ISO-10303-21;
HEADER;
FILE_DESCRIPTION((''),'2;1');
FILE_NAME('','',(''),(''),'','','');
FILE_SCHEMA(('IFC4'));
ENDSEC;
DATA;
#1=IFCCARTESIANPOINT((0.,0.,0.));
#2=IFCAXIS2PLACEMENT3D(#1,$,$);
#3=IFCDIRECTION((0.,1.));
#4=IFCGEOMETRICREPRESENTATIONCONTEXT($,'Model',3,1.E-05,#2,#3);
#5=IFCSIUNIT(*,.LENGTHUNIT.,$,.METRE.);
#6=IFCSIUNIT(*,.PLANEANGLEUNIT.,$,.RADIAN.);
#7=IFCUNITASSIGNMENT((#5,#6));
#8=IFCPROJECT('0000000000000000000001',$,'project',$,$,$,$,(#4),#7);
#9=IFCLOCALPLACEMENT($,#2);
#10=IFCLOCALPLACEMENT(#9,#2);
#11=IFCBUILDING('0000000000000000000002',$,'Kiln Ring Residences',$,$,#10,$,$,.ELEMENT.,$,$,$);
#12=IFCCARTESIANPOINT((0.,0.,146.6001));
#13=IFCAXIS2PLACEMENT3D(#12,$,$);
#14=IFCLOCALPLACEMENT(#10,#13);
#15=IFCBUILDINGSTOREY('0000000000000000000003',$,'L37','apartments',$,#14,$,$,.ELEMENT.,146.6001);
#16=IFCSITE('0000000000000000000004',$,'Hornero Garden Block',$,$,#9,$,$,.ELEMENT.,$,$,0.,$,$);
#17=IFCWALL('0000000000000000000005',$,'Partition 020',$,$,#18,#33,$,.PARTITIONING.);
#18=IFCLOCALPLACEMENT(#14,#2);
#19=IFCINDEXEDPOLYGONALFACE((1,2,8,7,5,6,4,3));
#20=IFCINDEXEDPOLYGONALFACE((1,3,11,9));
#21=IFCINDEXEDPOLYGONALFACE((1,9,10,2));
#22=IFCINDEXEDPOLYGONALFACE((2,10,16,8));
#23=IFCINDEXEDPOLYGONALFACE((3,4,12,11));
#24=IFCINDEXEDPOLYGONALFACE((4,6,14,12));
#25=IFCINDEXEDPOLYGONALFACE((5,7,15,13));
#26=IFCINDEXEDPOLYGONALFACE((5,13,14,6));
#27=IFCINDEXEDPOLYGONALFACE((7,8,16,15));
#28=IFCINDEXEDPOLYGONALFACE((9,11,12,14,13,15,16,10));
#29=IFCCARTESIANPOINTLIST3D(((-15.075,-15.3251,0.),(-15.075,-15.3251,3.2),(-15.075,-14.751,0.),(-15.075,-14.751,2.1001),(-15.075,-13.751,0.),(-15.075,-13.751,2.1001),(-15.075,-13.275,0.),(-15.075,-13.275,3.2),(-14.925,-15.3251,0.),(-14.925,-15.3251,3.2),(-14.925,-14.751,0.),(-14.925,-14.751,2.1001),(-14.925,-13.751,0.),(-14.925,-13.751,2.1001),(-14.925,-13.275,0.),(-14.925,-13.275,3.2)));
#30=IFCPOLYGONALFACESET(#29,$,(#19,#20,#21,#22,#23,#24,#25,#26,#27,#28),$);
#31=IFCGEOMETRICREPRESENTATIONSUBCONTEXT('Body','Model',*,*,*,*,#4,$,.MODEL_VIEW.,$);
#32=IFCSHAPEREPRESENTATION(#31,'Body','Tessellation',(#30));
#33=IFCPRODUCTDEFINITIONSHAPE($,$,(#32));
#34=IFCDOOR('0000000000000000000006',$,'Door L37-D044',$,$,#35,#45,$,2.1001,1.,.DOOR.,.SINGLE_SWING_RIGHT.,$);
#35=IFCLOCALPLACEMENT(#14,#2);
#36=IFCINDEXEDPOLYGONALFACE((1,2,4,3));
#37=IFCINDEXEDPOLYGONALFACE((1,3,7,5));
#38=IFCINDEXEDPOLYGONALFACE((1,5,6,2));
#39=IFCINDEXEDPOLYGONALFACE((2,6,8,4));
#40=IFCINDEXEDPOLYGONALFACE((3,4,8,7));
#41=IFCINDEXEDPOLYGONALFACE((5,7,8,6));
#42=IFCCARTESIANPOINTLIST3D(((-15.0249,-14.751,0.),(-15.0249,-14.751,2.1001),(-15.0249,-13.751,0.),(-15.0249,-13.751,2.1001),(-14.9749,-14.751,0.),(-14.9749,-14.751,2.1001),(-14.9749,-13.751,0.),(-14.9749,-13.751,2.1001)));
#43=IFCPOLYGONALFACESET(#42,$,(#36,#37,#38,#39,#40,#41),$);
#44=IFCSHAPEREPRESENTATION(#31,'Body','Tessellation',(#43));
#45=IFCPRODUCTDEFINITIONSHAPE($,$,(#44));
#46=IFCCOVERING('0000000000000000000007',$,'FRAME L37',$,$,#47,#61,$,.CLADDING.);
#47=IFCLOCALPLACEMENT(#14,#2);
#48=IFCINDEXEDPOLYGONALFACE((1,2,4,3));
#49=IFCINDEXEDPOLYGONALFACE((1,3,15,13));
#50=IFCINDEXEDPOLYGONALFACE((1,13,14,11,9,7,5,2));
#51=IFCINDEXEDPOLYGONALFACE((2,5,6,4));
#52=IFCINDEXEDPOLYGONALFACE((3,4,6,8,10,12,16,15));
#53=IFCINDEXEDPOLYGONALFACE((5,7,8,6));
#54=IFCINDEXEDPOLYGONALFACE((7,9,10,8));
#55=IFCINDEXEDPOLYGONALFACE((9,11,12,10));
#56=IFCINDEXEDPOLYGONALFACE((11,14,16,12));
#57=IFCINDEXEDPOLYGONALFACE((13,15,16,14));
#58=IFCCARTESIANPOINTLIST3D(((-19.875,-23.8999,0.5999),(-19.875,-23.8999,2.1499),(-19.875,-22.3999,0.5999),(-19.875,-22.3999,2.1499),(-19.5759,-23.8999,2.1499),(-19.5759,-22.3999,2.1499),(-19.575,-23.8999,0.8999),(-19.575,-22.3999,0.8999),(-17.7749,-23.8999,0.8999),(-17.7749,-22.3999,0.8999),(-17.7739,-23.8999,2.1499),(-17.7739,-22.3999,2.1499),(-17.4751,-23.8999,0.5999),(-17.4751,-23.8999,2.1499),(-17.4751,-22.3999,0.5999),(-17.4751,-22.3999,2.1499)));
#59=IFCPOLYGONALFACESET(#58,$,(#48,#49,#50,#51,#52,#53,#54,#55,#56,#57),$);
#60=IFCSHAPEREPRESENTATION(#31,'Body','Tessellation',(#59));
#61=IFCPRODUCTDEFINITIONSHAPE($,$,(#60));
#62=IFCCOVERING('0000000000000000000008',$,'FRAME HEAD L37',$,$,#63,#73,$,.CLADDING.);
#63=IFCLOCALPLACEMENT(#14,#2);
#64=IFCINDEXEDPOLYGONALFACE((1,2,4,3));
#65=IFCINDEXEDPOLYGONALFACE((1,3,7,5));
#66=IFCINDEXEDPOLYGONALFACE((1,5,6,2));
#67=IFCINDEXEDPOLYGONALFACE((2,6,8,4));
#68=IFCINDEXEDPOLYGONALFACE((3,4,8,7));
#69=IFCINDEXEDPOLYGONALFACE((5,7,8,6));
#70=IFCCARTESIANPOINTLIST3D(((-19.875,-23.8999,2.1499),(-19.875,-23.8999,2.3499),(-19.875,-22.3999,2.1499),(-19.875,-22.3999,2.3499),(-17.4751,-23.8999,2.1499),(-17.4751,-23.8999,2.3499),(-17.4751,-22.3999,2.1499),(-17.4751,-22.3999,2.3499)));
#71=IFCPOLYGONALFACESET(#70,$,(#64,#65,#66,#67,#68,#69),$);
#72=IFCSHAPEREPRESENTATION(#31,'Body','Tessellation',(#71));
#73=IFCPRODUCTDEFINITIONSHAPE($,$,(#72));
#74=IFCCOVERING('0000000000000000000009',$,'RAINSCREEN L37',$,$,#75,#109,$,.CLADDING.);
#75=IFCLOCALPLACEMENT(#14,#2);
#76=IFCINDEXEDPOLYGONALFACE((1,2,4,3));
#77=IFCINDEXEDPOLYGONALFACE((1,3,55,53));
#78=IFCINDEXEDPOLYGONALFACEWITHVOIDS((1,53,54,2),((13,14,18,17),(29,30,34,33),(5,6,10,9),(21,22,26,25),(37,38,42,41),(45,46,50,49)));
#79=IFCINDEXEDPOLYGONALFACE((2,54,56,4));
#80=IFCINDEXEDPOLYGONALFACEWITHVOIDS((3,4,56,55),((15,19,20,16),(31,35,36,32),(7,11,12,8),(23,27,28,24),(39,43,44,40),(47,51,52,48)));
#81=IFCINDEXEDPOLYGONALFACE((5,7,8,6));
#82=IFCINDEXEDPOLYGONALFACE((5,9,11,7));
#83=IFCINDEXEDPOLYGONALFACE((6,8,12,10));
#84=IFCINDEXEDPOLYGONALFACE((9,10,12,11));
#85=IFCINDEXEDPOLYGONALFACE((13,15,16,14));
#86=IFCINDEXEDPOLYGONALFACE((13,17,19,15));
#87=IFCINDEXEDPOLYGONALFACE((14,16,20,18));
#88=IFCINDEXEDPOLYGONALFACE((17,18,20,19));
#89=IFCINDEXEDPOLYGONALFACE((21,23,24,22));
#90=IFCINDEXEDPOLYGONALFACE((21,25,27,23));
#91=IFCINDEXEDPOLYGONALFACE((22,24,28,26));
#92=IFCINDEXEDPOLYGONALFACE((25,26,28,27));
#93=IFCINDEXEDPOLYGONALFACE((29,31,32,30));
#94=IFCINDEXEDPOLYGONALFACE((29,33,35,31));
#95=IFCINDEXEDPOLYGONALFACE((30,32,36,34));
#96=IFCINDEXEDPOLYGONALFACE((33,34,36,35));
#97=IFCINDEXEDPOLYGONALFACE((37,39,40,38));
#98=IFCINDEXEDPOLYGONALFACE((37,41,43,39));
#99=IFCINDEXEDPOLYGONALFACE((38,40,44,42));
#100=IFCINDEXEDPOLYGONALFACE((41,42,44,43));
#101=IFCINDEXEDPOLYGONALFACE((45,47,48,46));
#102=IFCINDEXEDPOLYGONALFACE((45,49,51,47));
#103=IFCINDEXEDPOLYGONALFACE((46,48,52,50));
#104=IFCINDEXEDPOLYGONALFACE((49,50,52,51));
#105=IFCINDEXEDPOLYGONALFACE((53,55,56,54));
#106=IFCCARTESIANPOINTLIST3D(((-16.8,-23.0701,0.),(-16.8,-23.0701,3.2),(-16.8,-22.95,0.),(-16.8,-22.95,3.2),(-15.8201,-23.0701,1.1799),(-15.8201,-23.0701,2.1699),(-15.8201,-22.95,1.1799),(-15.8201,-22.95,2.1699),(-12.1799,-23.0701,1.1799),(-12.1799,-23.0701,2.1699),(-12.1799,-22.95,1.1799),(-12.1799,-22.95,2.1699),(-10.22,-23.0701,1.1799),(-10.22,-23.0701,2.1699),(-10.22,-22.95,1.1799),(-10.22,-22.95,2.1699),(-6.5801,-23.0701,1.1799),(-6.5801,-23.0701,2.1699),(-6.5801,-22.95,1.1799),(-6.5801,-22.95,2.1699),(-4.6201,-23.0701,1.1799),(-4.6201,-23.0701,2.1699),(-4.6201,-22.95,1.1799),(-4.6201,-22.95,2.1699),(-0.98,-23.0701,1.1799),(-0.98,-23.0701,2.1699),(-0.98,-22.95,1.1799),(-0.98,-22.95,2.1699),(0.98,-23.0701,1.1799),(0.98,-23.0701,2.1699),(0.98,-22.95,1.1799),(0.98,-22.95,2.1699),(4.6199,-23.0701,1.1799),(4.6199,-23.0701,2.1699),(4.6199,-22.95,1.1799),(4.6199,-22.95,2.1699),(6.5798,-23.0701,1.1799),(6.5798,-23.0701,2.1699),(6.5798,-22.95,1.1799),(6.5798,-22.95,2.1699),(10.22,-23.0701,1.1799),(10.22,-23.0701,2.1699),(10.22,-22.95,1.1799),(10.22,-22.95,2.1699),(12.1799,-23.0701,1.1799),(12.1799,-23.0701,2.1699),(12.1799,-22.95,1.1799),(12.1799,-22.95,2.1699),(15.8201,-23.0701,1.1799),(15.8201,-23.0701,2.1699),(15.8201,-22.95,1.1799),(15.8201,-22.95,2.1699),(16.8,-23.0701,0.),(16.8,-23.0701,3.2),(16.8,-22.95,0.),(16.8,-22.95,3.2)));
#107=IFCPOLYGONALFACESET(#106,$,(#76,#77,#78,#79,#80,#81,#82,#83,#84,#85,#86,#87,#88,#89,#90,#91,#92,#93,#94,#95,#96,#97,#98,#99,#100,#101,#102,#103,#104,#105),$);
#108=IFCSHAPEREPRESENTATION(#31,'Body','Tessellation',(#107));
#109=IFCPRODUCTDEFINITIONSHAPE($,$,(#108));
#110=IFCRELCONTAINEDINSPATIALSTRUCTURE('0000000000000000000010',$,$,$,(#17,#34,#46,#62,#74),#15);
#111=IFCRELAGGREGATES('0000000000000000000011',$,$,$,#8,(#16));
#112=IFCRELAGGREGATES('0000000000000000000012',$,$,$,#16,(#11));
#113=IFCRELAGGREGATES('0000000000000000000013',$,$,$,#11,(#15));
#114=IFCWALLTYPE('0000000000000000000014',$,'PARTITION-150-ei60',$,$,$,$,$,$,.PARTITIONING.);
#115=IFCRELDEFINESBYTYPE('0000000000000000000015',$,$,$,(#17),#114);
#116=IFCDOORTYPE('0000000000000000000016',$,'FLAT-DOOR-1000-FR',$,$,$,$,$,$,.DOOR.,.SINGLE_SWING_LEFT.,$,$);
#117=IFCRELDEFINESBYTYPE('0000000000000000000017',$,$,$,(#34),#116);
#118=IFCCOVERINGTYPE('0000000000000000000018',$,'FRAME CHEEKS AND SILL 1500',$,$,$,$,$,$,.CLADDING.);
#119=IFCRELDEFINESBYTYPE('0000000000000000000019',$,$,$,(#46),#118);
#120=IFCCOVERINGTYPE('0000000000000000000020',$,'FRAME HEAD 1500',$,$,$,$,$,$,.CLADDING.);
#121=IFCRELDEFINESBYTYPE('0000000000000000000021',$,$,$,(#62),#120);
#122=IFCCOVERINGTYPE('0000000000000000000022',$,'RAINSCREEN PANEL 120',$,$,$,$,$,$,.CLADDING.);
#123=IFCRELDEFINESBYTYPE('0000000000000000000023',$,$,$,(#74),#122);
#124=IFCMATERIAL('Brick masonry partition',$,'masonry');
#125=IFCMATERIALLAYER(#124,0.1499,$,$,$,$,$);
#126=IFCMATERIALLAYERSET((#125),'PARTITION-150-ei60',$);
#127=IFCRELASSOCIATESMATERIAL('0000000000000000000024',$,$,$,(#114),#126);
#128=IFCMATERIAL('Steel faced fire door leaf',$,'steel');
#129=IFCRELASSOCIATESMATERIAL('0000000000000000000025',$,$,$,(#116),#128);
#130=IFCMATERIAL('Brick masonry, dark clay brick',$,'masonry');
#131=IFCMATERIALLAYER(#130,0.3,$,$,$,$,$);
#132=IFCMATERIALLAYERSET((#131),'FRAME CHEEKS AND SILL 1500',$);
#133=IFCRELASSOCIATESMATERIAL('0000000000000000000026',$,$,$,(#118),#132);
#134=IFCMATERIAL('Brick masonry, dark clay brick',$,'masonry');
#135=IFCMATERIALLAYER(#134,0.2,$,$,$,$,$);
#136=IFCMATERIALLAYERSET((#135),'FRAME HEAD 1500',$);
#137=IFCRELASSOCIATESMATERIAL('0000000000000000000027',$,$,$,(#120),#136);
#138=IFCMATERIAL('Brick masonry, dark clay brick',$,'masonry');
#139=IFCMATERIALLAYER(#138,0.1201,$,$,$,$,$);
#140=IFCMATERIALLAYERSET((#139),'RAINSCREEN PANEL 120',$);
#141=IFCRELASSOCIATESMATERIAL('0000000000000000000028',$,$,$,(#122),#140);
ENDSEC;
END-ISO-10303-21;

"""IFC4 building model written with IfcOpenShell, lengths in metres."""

from ifc_helpers import new_model, si_unit, direction, frame, frame_2d, origin, origin_2d, place, context, subcontext, project, spatial, polyline, rectangle, outline, extrude, material, layer, layer_set, type_object, element, fill, save


model = new_model("IFC4")

# Units and contexts
model_context = context("Model", 3, precision=1e-05, world=origin(), true_north=direction((0.0, 1.0)))
body_context = subcontext(model_context, "Body", "Model", "MODEL_VIEW")
ifc_project = project(units=[si_unit("LENGTHUNIT", "METRE"), si_unit("PLANEANGLEUNIT", "RADIAN")], contexts=[model_context])

# Site, building, storey
site_placement = place(None, origin())
site = spatial("IfcSite", under=ifc_project, at=site_placement, Name="Hornero Garden Block", CompositionType="ELEMENT", RefElevation=0.0)
building_placement = place(site_placement, origin())
building = spatial("IfcBuilding", under=site, at=building_placement, Name="Kiln Ring Residences", CompositionType="ELEMENT")
storey_placement = place(building_placement, frame((0.0, 0.0, 146.6001)))
storey = spatial("IfcBuildingStorey", under=building, at=storey_placement, Name="L37", Description="apartments", CompositionType="ELEMENT", Elevation=146.6001)

# Shared definitions
ifc_material_1 = material(Name="Brick masonry partition", Category="masonry")
ifc_layer_1 = layer(ifc_material_1, 0.1499)
ifc_layer_set_1 = layer_set([ifc_layer_1], Name="PARTITION-150-ei60")
wall_type_1 = type_object("IfcWallType", Name="PARTITION-150-ei60", PredefinedType="PARTITIONING", material=ifc_layer_set_1)

# Wall, opening, door
wall_1_placement = place(storey_placement, frame((-15.0, -15.325, 0.0), z_axis=(0.0, 0.0, 1.0), x_axis=(0.0, 1.0, 0.0)))
wall_1 = element("IfcWall", 1, at=wall_1_placement, inside=storey, type_object=wall_type_1, Name="Partition 020", PredefinedType="PARTITIONING", context=body_context, shape_type="SweptSolid", body=[
    extrude(rectangle(XDim=2.05, YDim=0.1499, at=frame_2d((1.0249, 0.0))), origin(), (0.0, 0.0, 1.0), 3.2),
])
opening_1_placement = place(wall_1_placement, frame((0.574, 0.0, 0.0)))
opening_1 = element("IfcOpeningElement", 2, at=opening_1_placement, cuts=wall_1, PredefinedType="OPENING", context=body_context, shape_type="SweptSolid", body=[
    extrude(rectangle(XDim=1.0, YDim=2.1001, at=frame_2d((0.5, 1.05))), frame((0.0, 0.085, 0.0), z_axis=(0.0, -1.0, 0.0), x_axis=(1.0, 0.0, 0.0)), (0.0, 0.0, 1.0), 0.1699),
])
ifc_material_2 = material(Name="Steel faced fire door leaf", Category="steel")
door_type_1 = type_object("IfcDoorType", Name="FLAT-DOOR-1000-FR", OperationType="SINGLE_SWING_LEFT", PredefinedType="DOOR", material=ifc_material_2)
door_1_placement = place(opening_1_placement, origin())
door_1 = element("IfcDoor", 3, at=door_1_placement, inside=storey, type_object=door_type_1, Name="Door L37-D044", OperationType="SINGLE_SWING_RIGHT", OverallHeight=2.1001, OverallWidth=1.0, PredefinedType="DOOR", context=body_context, shape_type="SweptSolid", body=[
    extrude(rectangle(XDim=1.0, YDim=2.1001, at=frame_2d((0.5, 1.05))), frame((0.0, 0.0249, 0.0), z_axis=(0.0, -1.0, 0.0), x_axis=(1.0, 0.0, 0.0)), (0.0, 0.0, 1.0), 0.05),
])
fill(opening_1, door_1)

# Coverings
ifc_material_3 = material(Name="Brick masonry, dark clay brick", Category="masonry")
ifc_layer_2 = layer(ifc_material_3, 0.3)
ifc_layer_set_2 = layer_set([ifc_layer_2], Name="FRAME CHEEKS AND SILL 1500")
covering_type_1 = type_object("IfcCoveringType", Name="FRAME CHEEKS AND SILL 1500", PredefinedType="CLADDING", material=ifc_layer_set_2)
covering_1_placement = place(storey_placement, frame((-19.875, -23.1499, 0.5999), z_axis=(0.0, 0.0, 1.0), x_axis=(1.0, 0.0, 0.0)))
element("IfcCovering", 4, at=covering_1_placement, inside=storey, type_object=covering_type_1, Name="FRAME L37", PredefinedType="CLADDING", context=body_context, shape_type="SweptSolid", body=[
    extrude(outline(polyline([(0.0, 0.0), (2.3999, 0.0), (2.3999, 1.55), (2.1011, 1.55), (2.1001, 0.3), (0.3, 0.3), (0.2991, 1.55), (0.0, 1.55), (0.0, 0.0)])), frame((0.0, 0.75, 0.0), z_axis=(0.0, -1.0, 0.0), x_axis=(1.0, 0.0, 0.0)), (0.0, 0.0, 1.0), 1.5),
])
ifc_material_4 = material(Name="Brick masonry, dark clay brick", Category="masonry")
ifc_layer_3 = layer(ifc_material_4, 0.2)
ifc_layer_set_3 = layer_set([ifc_layer_3], Name="FRAME HEAD 1500")
covering_type_2 = type_object("IfcCoveringType", Name="FRAME HEAD 1500", PredefinedType="CLADDING", material=ifc_layer_set_3)
covering_2_placement = place(storey_placement, frame((-18.675, -23.1499, 2.1499), z_axis=(0.0, 0.0, 1.0), x_axis=(1.0, 0.0, 0.0)))
element("IfcCovering", 5, at=covering_2_placement, inside=storey, type_object=covering_type_2, Name="FRAME HEAD L37", PredefinedType="CLADDING", context=body_context, shape_type="SweptSolid", body=[
    extrude(rectangle(XDim=2.3999, YDim=1.5, at=origin_2d()), origin(), (0.0, 0.0, 1.0), 0.2),
])
ifc_material_5 = material(Name="Brick masonry, dark clay brick", Category="masonry")
ifc_layer_4 = layer(ifc_material_5, 0.1201)
ifc_layer_set_4 = layer_set([ifc_layer_4], Name="RAINSCREEN PANEL 120")
covering_type_3 = type_object("IfcCoveringType", Name="RAINSCREEN PANEL 120", PredefinedType="CLADDING", material=ifc_layer_set_4)
covering_3_placement = place(storey_placement, frame((-16.8, -23.01, 0.0), z_axis=(0.0, 0.0, 1.0), x_axis=(1.0, 0.0, 0.0)))
element("IfcCovering", 6, at=covering_3_placement, inside=storey, type_object=covering_type_3, Name="RAINSCREEN L37", PredefinedType="CLADDING", context=body_context, shape_type="SweptSolid", body=[
    extrude(outline(polyline([(0.0, 0.0), (33.6001, 0.0), (33.6001, 3.2), (0.0, 3.2), (0.0, 0.0)]), holes=[polyline([(4.6201, 1.1799), (4.6201, 2.1699), (0.98, 2.1699), (0.98, 1.1799), (4.6201, 1.1799)]), polyline([(6.5801, 1.1799), (10.22, 1.1799), (10.22, 2.1699), (6.5801, 2.1699), (6.5801, 1.1799)]), polyline([(12.1799, 1.1799), (15.8201, 1.1799), (15.8201, 2.1699), (12.1799, 2.1699), (12.1799, 1.1799)]), polyline([(21.4199, 1.1799), (21.4199, 2.1699), (17.78, 2.1699), (17.78, 1.1799), (21.4199, 1.1799)]), polyline([(23.3799, 1.1799), (27.02, 1.1799), (27.02, 2.1699), (23.3799, 2.1699), (23.3799, 1.1799)]), polyline([(28.98, 1.1799), (32.6201, 1.1799), (32.6201, 2.1699), (28.98, 2.1699), (28.98, 1.1799)])]), frame((0.0, 0.0601, 0.0), z_axis=(0.0, -1.0, 0.0), x_axis=(1.0, 0.0, 0.0)), (0.0, 0.0, 1.0), 0.1201),
])

save(model, "model.ifc")
